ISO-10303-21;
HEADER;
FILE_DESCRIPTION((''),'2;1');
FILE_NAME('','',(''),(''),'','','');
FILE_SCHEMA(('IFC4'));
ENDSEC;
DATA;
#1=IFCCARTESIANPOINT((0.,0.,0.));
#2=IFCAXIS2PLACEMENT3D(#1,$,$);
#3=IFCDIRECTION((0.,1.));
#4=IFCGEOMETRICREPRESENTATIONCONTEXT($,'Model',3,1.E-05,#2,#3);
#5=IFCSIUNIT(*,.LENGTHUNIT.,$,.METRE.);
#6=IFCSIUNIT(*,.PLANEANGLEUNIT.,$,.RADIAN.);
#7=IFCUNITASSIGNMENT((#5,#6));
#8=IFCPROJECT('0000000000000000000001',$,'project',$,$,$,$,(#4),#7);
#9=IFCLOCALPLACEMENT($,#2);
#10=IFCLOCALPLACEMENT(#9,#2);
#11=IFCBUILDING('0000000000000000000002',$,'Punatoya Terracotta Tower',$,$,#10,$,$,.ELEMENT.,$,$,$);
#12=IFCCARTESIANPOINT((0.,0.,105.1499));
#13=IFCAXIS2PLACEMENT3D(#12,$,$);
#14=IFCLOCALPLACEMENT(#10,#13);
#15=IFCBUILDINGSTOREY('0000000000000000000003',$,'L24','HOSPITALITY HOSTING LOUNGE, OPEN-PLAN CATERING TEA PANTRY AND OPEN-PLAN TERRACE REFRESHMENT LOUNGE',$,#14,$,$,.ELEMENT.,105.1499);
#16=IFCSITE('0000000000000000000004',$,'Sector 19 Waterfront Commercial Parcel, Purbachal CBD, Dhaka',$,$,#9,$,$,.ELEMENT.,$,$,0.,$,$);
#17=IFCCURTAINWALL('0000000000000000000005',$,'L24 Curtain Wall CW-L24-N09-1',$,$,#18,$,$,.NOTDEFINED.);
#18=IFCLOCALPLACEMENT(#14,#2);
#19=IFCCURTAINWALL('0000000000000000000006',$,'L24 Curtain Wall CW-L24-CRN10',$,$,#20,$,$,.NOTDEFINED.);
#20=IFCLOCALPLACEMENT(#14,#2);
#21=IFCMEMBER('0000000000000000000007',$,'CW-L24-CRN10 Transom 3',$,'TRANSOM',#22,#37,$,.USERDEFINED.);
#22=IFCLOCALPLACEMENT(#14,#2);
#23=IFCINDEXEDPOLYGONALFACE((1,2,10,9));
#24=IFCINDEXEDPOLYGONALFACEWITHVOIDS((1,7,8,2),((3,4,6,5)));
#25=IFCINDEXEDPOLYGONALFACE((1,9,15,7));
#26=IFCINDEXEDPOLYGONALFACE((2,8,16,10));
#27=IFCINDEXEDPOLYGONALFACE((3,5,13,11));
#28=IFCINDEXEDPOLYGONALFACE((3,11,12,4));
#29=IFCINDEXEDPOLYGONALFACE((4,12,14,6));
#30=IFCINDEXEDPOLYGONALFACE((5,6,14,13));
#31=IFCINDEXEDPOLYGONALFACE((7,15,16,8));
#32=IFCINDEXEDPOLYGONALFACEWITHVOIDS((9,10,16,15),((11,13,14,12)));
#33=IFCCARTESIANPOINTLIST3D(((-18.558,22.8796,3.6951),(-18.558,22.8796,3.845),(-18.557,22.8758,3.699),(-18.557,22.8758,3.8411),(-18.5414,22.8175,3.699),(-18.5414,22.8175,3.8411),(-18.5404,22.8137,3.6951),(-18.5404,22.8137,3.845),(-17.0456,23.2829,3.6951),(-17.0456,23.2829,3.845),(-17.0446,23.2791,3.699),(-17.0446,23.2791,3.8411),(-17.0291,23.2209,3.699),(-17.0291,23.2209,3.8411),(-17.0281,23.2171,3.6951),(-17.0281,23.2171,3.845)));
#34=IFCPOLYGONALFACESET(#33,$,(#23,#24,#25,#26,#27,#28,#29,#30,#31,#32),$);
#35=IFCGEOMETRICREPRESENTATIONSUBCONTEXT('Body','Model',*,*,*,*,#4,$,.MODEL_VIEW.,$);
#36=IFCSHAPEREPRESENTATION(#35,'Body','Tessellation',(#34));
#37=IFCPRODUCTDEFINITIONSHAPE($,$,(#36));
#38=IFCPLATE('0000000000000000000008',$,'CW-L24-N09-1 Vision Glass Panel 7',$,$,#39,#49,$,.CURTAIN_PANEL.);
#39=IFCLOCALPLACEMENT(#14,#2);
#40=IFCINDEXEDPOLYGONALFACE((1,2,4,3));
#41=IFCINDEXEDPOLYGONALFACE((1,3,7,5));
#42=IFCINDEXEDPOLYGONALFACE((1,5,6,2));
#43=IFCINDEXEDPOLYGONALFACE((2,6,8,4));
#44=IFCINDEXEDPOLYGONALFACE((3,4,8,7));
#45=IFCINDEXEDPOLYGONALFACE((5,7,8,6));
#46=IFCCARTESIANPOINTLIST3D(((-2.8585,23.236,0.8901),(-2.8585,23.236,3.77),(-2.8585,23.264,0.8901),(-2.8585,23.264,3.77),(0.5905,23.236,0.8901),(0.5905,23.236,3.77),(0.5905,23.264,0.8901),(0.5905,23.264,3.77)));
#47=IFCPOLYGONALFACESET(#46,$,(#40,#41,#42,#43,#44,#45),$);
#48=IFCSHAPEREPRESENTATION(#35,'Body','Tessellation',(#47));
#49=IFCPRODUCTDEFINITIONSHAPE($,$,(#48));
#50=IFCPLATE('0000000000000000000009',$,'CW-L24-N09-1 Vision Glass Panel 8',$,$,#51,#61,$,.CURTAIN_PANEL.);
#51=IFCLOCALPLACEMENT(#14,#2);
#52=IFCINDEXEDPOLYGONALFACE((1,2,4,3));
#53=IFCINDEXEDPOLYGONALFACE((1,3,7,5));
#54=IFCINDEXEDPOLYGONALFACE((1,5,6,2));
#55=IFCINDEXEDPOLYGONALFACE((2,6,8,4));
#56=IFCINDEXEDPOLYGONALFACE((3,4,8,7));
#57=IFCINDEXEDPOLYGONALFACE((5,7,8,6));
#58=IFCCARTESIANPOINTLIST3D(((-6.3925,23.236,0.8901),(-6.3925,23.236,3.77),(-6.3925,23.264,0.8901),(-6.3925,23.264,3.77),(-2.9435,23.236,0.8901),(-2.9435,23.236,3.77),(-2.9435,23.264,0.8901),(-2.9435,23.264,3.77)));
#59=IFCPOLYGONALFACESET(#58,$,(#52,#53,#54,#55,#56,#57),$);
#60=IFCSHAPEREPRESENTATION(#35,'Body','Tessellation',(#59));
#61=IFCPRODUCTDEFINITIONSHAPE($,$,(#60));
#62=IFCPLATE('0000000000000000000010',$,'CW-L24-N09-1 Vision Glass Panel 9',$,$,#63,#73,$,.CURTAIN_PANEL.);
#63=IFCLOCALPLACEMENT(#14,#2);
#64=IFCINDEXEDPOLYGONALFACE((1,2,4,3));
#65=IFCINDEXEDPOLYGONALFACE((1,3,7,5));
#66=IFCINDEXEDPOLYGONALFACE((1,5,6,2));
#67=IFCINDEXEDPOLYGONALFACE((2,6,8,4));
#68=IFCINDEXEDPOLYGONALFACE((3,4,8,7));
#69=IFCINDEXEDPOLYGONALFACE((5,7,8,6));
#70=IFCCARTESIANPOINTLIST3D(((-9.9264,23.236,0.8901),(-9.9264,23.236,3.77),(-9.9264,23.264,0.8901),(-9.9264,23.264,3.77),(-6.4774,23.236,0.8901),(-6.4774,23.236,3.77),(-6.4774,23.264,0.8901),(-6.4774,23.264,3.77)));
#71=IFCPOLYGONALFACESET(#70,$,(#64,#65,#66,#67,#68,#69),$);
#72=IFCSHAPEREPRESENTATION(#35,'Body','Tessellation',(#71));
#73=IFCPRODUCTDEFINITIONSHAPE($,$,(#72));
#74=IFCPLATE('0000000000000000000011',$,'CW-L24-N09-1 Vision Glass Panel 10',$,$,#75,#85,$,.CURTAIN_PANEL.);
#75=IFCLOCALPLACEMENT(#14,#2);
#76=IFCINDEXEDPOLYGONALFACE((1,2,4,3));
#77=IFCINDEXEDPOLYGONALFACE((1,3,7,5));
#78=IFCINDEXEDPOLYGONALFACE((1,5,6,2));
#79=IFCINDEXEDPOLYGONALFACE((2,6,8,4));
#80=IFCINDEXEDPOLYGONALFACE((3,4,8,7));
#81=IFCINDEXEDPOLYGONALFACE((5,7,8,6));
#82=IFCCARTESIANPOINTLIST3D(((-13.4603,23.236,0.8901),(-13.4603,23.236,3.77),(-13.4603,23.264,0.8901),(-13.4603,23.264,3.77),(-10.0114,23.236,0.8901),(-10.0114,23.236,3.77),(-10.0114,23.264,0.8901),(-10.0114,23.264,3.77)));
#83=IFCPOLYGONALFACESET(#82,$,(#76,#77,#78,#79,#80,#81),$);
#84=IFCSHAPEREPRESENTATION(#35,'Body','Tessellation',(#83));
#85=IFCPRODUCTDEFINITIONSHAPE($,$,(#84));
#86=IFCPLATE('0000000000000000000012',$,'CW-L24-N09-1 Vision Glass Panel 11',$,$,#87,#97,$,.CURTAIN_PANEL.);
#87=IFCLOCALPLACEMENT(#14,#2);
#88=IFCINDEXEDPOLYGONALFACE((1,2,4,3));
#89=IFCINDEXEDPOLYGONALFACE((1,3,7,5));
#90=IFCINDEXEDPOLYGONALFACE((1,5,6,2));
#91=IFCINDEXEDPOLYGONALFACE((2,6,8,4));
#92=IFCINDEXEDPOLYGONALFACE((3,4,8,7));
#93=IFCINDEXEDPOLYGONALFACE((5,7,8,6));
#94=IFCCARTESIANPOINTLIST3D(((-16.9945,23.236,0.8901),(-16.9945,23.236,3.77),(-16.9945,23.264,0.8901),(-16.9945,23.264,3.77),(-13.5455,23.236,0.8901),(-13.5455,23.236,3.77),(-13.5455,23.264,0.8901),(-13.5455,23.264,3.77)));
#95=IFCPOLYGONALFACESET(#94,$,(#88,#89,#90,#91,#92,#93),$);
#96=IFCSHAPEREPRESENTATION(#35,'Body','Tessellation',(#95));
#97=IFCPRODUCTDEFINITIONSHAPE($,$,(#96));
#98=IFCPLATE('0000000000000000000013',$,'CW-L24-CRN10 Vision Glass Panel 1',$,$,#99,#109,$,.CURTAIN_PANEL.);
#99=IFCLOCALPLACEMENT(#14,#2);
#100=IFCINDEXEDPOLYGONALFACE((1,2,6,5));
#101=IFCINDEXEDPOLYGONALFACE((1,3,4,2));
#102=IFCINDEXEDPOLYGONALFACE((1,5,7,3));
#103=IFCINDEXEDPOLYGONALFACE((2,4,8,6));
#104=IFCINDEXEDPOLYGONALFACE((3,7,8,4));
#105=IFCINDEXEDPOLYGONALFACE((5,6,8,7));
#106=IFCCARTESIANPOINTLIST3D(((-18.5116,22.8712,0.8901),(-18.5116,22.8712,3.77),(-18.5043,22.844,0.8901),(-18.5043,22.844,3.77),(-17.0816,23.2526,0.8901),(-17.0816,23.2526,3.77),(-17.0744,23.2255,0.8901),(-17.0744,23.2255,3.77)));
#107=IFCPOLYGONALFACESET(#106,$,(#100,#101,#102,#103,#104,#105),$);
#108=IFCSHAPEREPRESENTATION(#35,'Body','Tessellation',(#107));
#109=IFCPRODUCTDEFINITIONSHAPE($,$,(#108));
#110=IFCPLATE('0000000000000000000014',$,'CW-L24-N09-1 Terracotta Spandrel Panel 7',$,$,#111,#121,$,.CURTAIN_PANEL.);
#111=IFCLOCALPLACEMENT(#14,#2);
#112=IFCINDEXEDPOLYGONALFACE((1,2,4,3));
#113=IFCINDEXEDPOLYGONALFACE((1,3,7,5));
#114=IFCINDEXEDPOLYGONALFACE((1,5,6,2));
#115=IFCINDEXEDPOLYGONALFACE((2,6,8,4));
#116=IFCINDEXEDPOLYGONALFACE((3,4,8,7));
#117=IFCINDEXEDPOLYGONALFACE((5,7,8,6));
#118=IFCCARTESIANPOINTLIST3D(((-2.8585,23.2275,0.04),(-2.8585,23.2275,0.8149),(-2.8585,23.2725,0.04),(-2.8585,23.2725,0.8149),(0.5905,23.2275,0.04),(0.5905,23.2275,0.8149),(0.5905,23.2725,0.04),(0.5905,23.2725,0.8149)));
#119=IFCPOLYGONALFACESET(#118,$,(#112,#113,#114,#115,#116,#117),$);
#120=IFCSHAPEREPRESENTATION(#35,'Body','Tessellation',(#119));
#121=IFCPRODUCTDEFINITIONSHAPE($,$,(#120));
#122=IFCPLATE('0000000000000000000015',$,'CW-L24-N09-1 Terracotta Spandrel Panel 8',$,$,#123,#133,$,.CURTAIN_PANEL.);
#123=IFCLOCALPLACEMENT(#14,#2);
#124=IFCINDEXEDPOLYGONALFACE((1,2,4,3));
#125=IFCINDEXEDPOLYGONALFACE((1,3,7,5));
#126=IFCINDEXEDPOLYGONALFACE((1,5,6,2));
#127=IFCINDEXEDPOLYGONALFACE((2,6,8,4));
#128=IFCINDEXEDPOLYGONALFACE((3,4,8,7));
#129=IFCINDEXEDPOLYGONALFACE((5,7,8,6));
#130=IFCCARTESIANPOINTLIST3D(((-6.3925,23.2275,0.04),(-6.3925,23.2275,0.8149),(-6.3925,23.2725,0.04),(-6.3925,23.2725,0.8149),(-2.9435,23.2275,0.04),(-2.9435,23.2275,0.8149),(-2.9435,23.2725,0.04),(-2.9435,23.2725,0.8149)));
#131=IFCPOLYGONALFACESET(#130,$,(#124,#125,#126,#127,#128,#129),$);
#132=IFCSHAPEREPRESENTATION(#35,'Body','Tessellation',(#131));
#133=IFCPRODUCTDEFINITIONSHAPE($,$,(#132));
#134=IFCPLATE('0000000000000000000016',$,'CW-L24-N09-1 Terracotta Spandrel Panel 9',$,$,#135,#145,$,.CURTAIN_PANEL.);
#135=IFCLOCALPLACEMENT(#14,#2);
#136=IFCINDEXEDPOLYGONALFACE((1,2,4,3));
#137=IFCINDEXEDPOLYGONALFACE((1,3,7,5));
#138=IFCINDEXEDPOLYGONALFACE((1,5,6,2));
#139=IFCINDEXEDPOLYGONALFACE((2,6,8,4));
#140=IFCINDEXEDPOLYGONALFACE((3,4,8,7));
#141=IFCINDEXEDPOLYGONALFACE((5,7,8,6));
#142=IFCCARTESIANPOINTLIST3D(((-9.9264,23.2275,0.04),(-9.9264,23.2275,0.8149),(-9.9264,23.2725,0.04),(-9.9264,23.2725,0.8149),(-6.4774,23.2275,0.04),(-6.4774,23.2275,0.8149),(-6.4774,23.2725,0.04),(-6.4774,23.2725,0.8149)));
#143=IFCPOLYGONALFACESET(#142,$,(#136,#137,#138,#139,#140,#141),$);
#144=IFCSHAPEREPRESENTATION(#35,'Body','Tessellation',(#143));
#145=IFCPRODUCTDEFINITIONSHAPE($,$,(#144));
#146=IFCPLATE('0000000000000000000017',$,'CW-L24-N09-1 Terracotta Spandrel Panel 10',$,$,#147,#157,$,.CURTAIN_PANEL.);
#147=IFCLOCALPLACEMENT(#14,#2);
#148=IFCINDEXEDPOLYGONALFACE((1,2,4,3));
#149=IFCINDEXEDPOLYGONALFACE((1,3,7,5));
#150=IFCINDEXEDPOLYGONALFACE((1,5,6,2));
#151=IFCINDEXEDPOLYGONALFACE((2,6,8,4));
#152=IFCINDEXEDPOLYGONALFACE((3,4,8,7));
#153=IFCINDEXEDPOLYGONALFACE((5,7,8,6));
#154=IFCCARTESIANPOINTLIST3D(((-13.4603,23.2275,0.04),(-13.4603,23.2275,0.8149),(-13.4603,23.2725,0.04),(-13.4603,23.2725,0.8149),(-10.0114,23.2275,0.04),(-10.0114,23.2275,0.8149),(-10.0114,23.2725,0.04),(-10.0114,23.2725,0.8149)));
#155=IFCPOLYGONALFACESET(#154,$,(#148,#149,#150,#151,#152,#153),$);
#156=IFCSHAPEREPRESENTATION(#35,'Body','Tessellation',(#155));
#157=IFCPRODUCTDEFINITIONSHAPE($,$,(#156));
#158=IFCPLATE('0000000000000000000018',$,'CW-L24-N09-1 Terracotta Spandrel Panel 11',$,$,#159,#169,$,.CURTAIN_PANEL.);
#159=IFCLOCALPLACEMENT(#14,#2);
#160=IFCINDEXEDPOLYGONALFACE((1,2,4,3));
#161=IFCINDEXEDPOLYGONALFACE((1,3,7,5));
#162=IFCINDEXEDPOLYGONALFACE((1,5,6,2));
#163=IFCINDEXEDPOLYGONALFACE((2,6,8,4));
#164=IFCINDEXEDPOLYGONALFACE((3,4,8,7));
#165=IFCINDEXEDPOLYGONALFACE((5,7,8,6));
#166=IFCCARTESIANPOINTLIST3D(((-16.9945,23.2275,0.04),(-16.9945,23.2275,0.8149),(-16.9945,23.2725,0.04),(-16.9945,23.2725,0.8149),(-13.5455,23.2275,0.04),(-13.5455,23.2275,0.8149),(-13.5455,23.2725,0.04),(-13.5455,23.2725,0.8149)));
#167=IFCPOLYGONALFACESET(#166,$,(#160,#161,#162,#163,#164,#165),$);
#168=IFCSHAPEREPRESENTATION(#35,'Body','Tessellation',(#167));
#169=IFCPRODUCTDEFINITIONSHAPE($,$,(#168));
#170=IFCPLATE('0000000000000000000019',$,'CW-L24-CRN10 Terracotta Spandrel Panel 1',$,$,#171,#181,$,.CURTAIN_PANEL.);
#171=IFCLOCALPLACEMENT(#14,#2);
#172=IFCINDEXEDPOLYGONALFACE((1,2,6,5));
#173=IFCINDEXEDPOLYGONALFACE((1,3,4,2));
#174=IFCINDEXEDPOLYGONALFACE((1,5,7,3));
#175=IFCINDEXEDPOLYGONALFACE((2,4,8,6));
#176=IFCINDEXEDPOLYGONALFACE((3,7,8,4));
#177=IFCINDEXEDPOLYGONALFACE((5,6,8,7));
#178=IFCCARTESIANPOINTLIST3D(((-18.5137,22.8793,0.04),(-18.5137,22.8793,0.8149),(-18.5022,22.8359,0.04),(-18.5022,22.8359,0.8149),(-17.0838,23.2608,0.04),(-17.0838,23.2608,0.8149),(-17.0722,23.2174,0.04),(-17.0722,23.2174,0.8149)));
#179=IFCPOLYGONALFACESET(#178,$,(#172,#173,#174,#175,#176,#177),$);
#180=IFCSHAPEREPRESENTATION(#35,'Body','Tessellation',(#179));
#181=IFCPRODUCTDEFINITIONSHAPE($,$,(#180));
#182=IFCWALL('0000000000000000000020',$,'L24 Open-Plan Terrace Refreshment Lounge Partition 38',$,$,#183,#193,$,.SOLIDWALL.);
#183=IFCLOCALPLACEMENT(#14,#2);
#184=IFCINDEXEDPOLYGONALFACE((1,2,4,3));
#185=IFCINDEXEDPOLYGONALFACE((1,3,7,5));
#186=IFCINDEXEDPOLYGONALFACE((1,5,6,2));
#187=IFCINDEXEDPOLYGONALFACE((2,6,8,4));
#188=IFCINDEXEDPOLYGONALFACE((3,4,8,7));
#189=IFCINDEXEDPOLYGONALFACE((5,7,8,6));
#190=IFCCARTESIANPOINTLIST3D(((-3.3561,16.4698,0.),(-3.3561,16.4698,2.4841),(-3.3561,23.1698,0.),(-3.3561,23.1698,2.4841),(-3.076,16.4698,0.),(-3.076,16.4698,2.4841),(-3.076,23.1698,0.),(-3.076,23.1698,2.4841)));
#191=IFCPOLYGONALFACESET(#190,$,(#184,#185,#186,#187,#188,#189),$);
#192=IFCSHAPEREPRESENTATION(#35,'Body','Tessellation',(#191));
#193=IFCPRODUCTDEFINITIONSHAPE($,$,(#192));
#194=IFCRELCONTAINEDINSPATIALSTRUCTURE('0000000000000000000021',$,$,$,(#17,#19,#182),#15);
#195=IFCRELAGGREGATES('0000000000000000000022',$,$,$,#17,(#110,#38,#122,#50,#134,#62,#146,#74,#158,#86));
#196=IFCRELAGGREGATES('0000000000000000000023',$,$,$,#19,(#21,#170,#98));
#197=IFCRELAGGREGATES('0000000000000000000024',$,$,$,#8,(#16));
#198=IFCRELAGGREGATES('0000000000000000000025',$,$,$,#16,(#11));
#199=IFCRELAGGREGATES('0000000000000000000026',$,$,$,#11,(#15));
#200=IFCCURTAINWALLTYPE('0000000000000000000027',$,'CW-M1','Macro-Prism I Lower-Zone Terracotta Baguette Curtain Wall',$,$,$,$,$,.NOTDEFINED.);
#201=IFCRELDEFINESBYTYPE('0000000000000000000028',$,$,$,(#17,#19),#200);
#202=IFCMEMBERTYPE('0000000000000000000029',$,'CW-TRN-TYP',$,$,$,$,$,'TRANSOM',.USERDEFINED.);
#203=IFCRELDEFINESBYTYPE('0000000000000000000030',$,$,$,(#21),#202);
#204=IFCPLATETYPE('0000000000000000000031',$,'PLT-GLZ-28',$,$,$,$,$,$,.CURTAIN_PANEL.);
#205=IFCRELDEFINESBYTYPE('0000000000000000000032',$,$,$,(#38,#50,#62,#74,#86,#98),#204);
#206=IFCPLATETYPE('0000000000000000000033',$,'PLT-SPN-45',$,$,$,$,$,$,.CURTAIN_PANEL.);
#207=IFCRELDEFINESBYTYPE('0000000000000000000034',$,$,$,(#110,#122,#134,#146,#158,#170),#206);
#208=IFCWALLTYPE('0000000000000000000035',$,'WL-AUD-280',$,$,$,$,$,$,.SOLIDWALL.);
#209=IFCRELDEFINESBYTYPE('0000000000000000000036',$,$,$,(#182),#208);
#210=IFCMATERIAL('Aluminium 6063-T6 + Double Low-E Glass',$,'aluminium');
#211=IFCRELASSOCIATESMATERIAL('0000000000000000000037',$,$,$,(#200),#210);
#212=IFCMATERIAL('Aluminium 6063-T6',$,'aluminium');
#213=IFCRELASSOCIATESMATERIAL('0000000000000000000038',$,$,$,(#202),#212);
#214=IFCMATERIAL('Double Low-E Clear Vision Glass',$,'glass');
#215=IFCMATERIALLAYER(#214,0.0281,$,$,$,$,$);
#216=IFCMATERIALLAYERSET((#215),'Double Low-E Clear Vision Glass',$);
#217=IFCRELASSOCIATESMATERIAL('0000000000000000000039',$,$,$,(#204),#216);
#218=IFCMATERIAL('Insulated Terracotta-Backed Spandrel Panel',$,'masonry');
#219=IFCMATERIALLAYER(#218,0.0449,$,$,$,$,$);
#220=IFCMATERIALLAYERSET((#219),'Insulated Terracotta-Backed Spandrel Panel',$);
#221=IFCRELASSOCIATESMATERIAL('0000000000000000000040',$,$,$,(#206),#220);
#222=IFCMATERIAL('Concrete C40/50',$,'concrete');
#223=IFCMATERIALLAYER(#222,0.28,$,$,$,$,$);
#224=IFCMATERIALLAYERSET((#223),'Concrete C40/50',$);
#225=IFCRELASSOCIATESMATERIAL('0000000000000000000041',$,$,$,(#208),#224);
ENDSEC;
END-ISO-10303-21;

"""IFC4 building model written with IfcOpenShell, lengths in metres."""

from ifc_helpers import new_model, si_unit, direction, frame, frame_2d, origin, origin_2d, place, context, subcontext, project, spatial, rectangle, hollow_rectangle, extrude, material, layer, layer_set, material_profile, profile_set, type_object, element, aggregate, save


model = new_model("IFC4")

# Units and contexts
model_context = context("Model", 3, precision=1e-05, world=origin(), true_north=direction((0.0, 1.0)))
body_context = subcontext(model_context, "Body", "Model", "MODEL_VIEW")
ifc_project = project(units=[si_unit("LENGTHUNIT", "METRE"), si_unit("PLANEANGLEUNIT", "RADIAN")], contexts=[model_context])

# Site, building, storey
site_placement = place(None, origin())
site = spatial("IfcSite", under=ifc_project, at=site_placement, Name="Sector 19 Waterfront Commercial Parcel, Purbachal CBD, Dhaka", CompositionType="ELEMENT", RefElevation=0.0)
building_placement = place(site_placement, origin())
building = spatial("IfcBuilding", under=site, at=building_placement, Name="Punatoya Terracotta Tower", CompositionType="ELEMENT")
storey_placement = place(building_placement, frame((0.0, 0.0, 105.1499)))
storey = spatial("IfcBuildingStorey", under=building, at=storey_placement, Name="L24", Description="HOSPITALITY HOSTING LOUNGE, OPEN-PLAN CATERING TEA PANTRY AND OPEN-PLAN TERRACE REFRESHMENT LOUNGE", CompositionType="ELEMENT", Elevation=105.1499)

# Curtain walls, member
ifc_material_1 = material(Name="Aluminium 6063-T6 + Double Low-E Glass", Category="aluminium")
curtain_wall_type = type_object("IfcCurtainWallType", Name="CW-M1", Description="Macro-Prism I Lower-Zone Terracotta Baguette Curtain Wall", PredefinedType="NOTDEFINED", material=ifc_material_1)
curtain_wall_1_placement = place(storey_placement, origin())
curtain_wall_1 = element("IfcCurtainWall", 1, at=curtain_wall_1_placement, inside=storey, type_object=curtain_wall_type, Name="L24 Curtain Wall CW-L24-N09-1", PredefinedType="NOTDEFINED")
ifc_material_2 = material(Name="Aluminium 6063-T6", Category="aluminium")
curtain_wall_2_placement = place(storey_placement, origin())
curtain_wall_2 = element("IfcCurtainWall", 2, at=curtain_wall_2_placement, inside=storey, type_object=curtain_wall_type, Name="L24 Curtain Wall CW-L24-CRN10", PredefinedType="NOTDEFINED")
ifc_material_profile_1 = material_profile(ifc_material_2, hollow_rectangle(XDim=0.0681, YDim=0.1499, WallThickness=0.0039, at=origin_2d()))
ifc_profile_set_1 = profile_set([ifc_material_profile_1], Name="Aluminium 6063-T6")
member_type_1 = type_object("IfcMemberType", Name="CW-TRN-TYP", ElementType="TRANSOM", PredefinedType="USERDEFINED", material=ifc_profile_set_1)
member_1_placement = place(storey_placement, frame((-17.0369, 23.25, 3.77), z_axis=(-0.966225, -0.257701, 0.0), x_axis=(0.257701, -0.966225, 0.0)))
member_1 = element("IfcMember", 3, at=member_1_placement, type_object=member_type_1, Name="CW-L24-CRN10 Transom 3", ObjectType="TRANSOM", PredefinedType="USERDEFINED", context=body_context, shape_type="SweptSolid", body=[
    extrude(hollow_rectangle(XDim=0.0681, YDim=0.1499, WallThickness=0.0039, at=origin_2d()), origin(), (0.0, 0.0, 1.0), 1.5652),
])

# Plates
ifc_material_3 = material(Name="Double Low-E Clear Vision Glass", Category="glass")
ifc_layer_1 = layer(ifc_material_3, 0.0281)
ifc_layer_set_1 = layer_set([ifc_layer_1], Name="Double Low-E Clear Vision Glass")
plate_type_1 = type_object("IfcPlateType", Name="PLT-GLZ-28", PredefinedType="CURTAIN_PANEL", material=ifc_layer_set_1)
plate_1_placement = place(storey_placement, frame((-1.134, 23.25, 0.8901), z_axis=(0.0, 0.0, 1.0), x_axis=(-1.0, 0.0, 0.0)))
plate_1 = element("IfcPlate", 4, at=plate_1_placement, type_object=plate_type_1, Name="CW-L24-N09-1 Vision Glass Panel 7", PredefinedType="CURTAIN_PANEL", context=body_context, shape_type="SweptSolid", body=[
    extrude(rectangle(XDim=3.449, YDim=0.0281, at=origin_2d()), origin(), (0.0, 0.0, 1.0), 2.8799),
])
plate_2_placement = place(storey_placement, frame((-4.668, 23.25, 0.8901), z_axis=(0.0, 0.0, 1.0), x_axis=(-1.0, 0.0, 0.0)))
plate_2 = element("IfcPlate", 5, at=plate_2_placement, type_object=plate_type_1, Name="CW-L24-N09-1 Vision Glass Panel 8", PredefinedType="CURTAIN_PANEL", context=body_context, shape_type="SweptSolid", body=[
    extrude(rectangle(XDim=3.449, YDim=0.0281, at=origin_2d()), origin(), (0.0, 0.0, 1.0), 2.8799),
])
plate_3_placement = place(storey_placement, frame((-8.2019, 23.25, 0.8901), z_axis=(0.0, 0.0, 1.0), x_axis=(-1.0, 0.0, 0.0)))
plate_3 = element("IfcPlate", 6, at=plate_3_placement, type_object=plate_type_1, Name="CW-L24-N09-1 Vision Glass Panel 9", PredefinedType="CURTAIN_PANEL", context=body_context, shape_type="SweptSolid", body=[
    extrude(rectangle(XDim=3.449, YDim=0.0281, at=origin_2d()), origin(), (0.0, 0.0, 1.0), 2.8799),
])
plate_4_placement = place(storey_placement, frame((-11.7358, 23.25, 0.8901), z_axis=(0.0, 0.0, 1.0), x_axis=(-1.0, 0.0, 0.0)))
plate_4 = element("IfcPlate", 7, at=plate_4_placement, type_object=plate_type_1, Name="CW-L24-N09-1 Vision Glass Panel 10", PredefinedType="CURTAIN_PANEL", context=body_context, shape_type="SweptSolid", body=[
    extrude(rectangle(XDim=3.449, YDim=0.0281, at=origin_2d()), origin(), (0.0, 0.0, 1.0), 2.8799),
])
plate_5_placement = place(storey_placement, frame((-15.27, 23.25, 0.8901), z_axis=(0.0, 0.0, 1.0), x_axis=(-1.0, 0.0, 0.0)))
plate_5 = element("IfcPlate", 8, at=plate_5_placement, type_object=plate_type_1, Name="CW-L24-N09-1 Vision Glass Panel 11", PredefinedType="CURTAIN_PANEL", context=body_context, shape_type="SweptSolid", body=[
    extrude(rectangle(XDim=3.449, YDim=0.0281, at=origin_2d()), origin(), (0.0, 0.0, 1.0), 2.8799),
])
plate_6_placement = place(storey_placement, frame((-17.793, 23.0483, 0.8901), z_axis=(0.0, 0.0, 1.0), x_axis=(-0.966214, -0.257742, 0.0)))
plate_6 = element("IfcPlate", 9, at=plate_6_placement, type_object=plate_type_1, Name="CW-L24-CRN10 Vision Glass Panel 1", PredefinedType="CURTAIN_PANEL", context=body_context, shape_type="SweptSolid", body=[
    extrude(rectangle(XDim=1.48, YDim=0.0281, at=origin_2d()), origin(), (0.0, 0.0, 1.0), 2.8799),
])
ifc_material_4 = material(Name="Insulated Terracotta-Backed Spandrel Panel", Category="masonry")
ifc_layer_2 = layer(ifc_material_4, 0.0449)
ifc_layer_set_2 = layer_set([ifc_layer_2], Name="Insulated Terracotta-Backed Spandrel Panel")
plate_type_2 = type_object("IfcPlateType", Name="PLT-SPN-45", PredefinedType="CURTAIN_PANEL", material=ifc_layer_set_2)
plate_7_placement = place(storey_placement, frame((-1.134, 23.25, 0.04), z_axis=(0.0, 0.0, 1.0), x_axis=(-1.0, 0.0, 0.0)))
plate_7 = element("IfcPlate", 10, at=plate_7_placement, type_object=plate_type_2, Name="CW-L24-N09-1 Terracotta Spandrel Panel 7", PredefinedType="CURTAIN_PANEL", context=body_context, shape_type="SweptSolid", body=[
    extrude(rectangle(XDim=3.449, YDim=0.0449, at=origin_2d()), origin(), (0.0, 0.0, 1.0), 0.7749),
])
plate_8_placement = place(storey_placement, frame((-4.668, 23.25, 0.04), z_axis=(0.0, 0.0, 1.0), x_axis=(-1.0, 0.0, 0.0)))
plate_8 = element("IfcPlate", 11, at=plate_8_placement, type_object=plate_type_2, Name="CW-L24-N09-1 Terracotta Spandrel Panel 8", PredefinedType="CURTAIN_PANEL", context=body_context, shape_type="SweptSolid", body=[
    extrude(rectangle(XDim=3.449, YDim=0.0449, at=origin_2d()), origin(), (0.0, 0.0, 1.0), 0.7749),
])
plate_9_placement = place(storey_placement, frame((-8.2019, 23.25, 0.04), z_axis=(0.0, 0.0, 1.0), x_axis=(-1.0, 0.0, 0.0)))
plate_9 = element("IfcPlate", 12, at=plate_9_placement, type_object=plate_type_2, Name="CW-L24-N09-1 Terracotta Spandrel Panel 9", PredefinedType="CURTAIN_PANEL", context=body_context, shape_type="SweptSolid", body=[
    extrude(rectangle(XDim=3.449, YDim=0.0449, at=origin_2d()), origin(), (0.0, 0.0, 1.0), 0.7749),
])
plate_10_placement = place(storey_placement, frame((-11.7358, 23.25, 0.04), z_axis=(0.0, 0.0, 1.0), x_axis=(-1.0, 0.0, 0.0)))
plate_10 = element("IfcPlate", 13, at=plate_10_placement, type_object=plate_type_2, Name="CW-L24-N09-1 Terracotta Spandrel Panel 10", PredefinedType="CURTAIN_PANEL", context=body_context, shape_type="SweptSolid", body=[
    extrude(rectangle(XDim=3.449, YDim=0.0449, at=origin_2d()), origin(), (0.0, 0.0, 1.0), 0.7749),
])
plate_11_placement = place(storey_placement, frame((-15.27, 23.25, 0.04), z_axis=(0.0, 0.0, 1.0), x_axis=(-1.0, 0.0, 0.0)))
plate_11 = element("IfcPlate", 14, at=plate_11_placement, type_object=plate_type_2, Name="CW-L24-N09-1 Terracotta Spandrel Panel 11", PredefinedType="CURTAIN_PANEL", context=body_context, shape_type="SweptSolid", body=[
    extrude(rectangle(XDim=3.449, YDim=0.0449, at=origin_2d()), origin(), (0.0, 0.0, 1.0), 0.7749),
])
aggregate(curtain_wall_1, [plate_7, plate_1, plate_8, plate_2, plate_9, plate_3, plate_10, plate_4, plate_11, plate_5])
plate_12_placement = place(storey_placement, frame((-17.793, 23.0483, 0.04), z_axis=(0.0, 0.0, 1.0), x_axis=(-0.966214, -0.257742, 0.0)))
plate_12 = element("IfcPlate", 15, at=plate_12_placement, type_object=plate_type_2, Name="CW-L24-CRN10 Terracotta Spandrel Panel 1", PredefinedType="CURTAIN_PANEL", context=body_context, shape_type="SweptSolid", body=[
    extrude(rectangle(XDim=1.48, YDim=0.0449, at=origin_2d()), origin(), (0.0, 0.0, 1.0), 0.7749),
])
aggregate(curtain_wall_2, [member_1, plate_12, plate_6])

# Wall
ifc_material_5 = material(Name="Concrete C40/50", Category="concrete")
ifc_layer_3 = layer(ifc_material_5, 0.28)
ifc_layer_set_3 = layer_set([ifc_layer_3], Name="Concrete C40/50")
wall_type = type_object("IfcWallType", Name="WL-AUD-280", PredefinedType="SOLIDWALL", material=ifc_layer_set_3)
wall_placement = place(storey_placement, frame((-3.2161, 23.1699, 0.0), z_axis=(0.0, 0.0, 1.0), x_axis=(0.0, -1.0, 0.0)))
element("IfcWall", 16, at=wall_placement, inside=storey, type_object=wall_type, Name="L24 Open-Plan Terrace Refreshment Lounge Partition 38", PredefinedType="SOLIDWALL", context=body_context, shape_type="SweptSolid", body=[
    extrude(rectangle(XDim=6.7, YDim=0.28, at=frame_2d((3.3501, 0.0))), origin(), (0.0, 0.0, 1.0), 2.4841),
])

save(model, "model.ifc")
